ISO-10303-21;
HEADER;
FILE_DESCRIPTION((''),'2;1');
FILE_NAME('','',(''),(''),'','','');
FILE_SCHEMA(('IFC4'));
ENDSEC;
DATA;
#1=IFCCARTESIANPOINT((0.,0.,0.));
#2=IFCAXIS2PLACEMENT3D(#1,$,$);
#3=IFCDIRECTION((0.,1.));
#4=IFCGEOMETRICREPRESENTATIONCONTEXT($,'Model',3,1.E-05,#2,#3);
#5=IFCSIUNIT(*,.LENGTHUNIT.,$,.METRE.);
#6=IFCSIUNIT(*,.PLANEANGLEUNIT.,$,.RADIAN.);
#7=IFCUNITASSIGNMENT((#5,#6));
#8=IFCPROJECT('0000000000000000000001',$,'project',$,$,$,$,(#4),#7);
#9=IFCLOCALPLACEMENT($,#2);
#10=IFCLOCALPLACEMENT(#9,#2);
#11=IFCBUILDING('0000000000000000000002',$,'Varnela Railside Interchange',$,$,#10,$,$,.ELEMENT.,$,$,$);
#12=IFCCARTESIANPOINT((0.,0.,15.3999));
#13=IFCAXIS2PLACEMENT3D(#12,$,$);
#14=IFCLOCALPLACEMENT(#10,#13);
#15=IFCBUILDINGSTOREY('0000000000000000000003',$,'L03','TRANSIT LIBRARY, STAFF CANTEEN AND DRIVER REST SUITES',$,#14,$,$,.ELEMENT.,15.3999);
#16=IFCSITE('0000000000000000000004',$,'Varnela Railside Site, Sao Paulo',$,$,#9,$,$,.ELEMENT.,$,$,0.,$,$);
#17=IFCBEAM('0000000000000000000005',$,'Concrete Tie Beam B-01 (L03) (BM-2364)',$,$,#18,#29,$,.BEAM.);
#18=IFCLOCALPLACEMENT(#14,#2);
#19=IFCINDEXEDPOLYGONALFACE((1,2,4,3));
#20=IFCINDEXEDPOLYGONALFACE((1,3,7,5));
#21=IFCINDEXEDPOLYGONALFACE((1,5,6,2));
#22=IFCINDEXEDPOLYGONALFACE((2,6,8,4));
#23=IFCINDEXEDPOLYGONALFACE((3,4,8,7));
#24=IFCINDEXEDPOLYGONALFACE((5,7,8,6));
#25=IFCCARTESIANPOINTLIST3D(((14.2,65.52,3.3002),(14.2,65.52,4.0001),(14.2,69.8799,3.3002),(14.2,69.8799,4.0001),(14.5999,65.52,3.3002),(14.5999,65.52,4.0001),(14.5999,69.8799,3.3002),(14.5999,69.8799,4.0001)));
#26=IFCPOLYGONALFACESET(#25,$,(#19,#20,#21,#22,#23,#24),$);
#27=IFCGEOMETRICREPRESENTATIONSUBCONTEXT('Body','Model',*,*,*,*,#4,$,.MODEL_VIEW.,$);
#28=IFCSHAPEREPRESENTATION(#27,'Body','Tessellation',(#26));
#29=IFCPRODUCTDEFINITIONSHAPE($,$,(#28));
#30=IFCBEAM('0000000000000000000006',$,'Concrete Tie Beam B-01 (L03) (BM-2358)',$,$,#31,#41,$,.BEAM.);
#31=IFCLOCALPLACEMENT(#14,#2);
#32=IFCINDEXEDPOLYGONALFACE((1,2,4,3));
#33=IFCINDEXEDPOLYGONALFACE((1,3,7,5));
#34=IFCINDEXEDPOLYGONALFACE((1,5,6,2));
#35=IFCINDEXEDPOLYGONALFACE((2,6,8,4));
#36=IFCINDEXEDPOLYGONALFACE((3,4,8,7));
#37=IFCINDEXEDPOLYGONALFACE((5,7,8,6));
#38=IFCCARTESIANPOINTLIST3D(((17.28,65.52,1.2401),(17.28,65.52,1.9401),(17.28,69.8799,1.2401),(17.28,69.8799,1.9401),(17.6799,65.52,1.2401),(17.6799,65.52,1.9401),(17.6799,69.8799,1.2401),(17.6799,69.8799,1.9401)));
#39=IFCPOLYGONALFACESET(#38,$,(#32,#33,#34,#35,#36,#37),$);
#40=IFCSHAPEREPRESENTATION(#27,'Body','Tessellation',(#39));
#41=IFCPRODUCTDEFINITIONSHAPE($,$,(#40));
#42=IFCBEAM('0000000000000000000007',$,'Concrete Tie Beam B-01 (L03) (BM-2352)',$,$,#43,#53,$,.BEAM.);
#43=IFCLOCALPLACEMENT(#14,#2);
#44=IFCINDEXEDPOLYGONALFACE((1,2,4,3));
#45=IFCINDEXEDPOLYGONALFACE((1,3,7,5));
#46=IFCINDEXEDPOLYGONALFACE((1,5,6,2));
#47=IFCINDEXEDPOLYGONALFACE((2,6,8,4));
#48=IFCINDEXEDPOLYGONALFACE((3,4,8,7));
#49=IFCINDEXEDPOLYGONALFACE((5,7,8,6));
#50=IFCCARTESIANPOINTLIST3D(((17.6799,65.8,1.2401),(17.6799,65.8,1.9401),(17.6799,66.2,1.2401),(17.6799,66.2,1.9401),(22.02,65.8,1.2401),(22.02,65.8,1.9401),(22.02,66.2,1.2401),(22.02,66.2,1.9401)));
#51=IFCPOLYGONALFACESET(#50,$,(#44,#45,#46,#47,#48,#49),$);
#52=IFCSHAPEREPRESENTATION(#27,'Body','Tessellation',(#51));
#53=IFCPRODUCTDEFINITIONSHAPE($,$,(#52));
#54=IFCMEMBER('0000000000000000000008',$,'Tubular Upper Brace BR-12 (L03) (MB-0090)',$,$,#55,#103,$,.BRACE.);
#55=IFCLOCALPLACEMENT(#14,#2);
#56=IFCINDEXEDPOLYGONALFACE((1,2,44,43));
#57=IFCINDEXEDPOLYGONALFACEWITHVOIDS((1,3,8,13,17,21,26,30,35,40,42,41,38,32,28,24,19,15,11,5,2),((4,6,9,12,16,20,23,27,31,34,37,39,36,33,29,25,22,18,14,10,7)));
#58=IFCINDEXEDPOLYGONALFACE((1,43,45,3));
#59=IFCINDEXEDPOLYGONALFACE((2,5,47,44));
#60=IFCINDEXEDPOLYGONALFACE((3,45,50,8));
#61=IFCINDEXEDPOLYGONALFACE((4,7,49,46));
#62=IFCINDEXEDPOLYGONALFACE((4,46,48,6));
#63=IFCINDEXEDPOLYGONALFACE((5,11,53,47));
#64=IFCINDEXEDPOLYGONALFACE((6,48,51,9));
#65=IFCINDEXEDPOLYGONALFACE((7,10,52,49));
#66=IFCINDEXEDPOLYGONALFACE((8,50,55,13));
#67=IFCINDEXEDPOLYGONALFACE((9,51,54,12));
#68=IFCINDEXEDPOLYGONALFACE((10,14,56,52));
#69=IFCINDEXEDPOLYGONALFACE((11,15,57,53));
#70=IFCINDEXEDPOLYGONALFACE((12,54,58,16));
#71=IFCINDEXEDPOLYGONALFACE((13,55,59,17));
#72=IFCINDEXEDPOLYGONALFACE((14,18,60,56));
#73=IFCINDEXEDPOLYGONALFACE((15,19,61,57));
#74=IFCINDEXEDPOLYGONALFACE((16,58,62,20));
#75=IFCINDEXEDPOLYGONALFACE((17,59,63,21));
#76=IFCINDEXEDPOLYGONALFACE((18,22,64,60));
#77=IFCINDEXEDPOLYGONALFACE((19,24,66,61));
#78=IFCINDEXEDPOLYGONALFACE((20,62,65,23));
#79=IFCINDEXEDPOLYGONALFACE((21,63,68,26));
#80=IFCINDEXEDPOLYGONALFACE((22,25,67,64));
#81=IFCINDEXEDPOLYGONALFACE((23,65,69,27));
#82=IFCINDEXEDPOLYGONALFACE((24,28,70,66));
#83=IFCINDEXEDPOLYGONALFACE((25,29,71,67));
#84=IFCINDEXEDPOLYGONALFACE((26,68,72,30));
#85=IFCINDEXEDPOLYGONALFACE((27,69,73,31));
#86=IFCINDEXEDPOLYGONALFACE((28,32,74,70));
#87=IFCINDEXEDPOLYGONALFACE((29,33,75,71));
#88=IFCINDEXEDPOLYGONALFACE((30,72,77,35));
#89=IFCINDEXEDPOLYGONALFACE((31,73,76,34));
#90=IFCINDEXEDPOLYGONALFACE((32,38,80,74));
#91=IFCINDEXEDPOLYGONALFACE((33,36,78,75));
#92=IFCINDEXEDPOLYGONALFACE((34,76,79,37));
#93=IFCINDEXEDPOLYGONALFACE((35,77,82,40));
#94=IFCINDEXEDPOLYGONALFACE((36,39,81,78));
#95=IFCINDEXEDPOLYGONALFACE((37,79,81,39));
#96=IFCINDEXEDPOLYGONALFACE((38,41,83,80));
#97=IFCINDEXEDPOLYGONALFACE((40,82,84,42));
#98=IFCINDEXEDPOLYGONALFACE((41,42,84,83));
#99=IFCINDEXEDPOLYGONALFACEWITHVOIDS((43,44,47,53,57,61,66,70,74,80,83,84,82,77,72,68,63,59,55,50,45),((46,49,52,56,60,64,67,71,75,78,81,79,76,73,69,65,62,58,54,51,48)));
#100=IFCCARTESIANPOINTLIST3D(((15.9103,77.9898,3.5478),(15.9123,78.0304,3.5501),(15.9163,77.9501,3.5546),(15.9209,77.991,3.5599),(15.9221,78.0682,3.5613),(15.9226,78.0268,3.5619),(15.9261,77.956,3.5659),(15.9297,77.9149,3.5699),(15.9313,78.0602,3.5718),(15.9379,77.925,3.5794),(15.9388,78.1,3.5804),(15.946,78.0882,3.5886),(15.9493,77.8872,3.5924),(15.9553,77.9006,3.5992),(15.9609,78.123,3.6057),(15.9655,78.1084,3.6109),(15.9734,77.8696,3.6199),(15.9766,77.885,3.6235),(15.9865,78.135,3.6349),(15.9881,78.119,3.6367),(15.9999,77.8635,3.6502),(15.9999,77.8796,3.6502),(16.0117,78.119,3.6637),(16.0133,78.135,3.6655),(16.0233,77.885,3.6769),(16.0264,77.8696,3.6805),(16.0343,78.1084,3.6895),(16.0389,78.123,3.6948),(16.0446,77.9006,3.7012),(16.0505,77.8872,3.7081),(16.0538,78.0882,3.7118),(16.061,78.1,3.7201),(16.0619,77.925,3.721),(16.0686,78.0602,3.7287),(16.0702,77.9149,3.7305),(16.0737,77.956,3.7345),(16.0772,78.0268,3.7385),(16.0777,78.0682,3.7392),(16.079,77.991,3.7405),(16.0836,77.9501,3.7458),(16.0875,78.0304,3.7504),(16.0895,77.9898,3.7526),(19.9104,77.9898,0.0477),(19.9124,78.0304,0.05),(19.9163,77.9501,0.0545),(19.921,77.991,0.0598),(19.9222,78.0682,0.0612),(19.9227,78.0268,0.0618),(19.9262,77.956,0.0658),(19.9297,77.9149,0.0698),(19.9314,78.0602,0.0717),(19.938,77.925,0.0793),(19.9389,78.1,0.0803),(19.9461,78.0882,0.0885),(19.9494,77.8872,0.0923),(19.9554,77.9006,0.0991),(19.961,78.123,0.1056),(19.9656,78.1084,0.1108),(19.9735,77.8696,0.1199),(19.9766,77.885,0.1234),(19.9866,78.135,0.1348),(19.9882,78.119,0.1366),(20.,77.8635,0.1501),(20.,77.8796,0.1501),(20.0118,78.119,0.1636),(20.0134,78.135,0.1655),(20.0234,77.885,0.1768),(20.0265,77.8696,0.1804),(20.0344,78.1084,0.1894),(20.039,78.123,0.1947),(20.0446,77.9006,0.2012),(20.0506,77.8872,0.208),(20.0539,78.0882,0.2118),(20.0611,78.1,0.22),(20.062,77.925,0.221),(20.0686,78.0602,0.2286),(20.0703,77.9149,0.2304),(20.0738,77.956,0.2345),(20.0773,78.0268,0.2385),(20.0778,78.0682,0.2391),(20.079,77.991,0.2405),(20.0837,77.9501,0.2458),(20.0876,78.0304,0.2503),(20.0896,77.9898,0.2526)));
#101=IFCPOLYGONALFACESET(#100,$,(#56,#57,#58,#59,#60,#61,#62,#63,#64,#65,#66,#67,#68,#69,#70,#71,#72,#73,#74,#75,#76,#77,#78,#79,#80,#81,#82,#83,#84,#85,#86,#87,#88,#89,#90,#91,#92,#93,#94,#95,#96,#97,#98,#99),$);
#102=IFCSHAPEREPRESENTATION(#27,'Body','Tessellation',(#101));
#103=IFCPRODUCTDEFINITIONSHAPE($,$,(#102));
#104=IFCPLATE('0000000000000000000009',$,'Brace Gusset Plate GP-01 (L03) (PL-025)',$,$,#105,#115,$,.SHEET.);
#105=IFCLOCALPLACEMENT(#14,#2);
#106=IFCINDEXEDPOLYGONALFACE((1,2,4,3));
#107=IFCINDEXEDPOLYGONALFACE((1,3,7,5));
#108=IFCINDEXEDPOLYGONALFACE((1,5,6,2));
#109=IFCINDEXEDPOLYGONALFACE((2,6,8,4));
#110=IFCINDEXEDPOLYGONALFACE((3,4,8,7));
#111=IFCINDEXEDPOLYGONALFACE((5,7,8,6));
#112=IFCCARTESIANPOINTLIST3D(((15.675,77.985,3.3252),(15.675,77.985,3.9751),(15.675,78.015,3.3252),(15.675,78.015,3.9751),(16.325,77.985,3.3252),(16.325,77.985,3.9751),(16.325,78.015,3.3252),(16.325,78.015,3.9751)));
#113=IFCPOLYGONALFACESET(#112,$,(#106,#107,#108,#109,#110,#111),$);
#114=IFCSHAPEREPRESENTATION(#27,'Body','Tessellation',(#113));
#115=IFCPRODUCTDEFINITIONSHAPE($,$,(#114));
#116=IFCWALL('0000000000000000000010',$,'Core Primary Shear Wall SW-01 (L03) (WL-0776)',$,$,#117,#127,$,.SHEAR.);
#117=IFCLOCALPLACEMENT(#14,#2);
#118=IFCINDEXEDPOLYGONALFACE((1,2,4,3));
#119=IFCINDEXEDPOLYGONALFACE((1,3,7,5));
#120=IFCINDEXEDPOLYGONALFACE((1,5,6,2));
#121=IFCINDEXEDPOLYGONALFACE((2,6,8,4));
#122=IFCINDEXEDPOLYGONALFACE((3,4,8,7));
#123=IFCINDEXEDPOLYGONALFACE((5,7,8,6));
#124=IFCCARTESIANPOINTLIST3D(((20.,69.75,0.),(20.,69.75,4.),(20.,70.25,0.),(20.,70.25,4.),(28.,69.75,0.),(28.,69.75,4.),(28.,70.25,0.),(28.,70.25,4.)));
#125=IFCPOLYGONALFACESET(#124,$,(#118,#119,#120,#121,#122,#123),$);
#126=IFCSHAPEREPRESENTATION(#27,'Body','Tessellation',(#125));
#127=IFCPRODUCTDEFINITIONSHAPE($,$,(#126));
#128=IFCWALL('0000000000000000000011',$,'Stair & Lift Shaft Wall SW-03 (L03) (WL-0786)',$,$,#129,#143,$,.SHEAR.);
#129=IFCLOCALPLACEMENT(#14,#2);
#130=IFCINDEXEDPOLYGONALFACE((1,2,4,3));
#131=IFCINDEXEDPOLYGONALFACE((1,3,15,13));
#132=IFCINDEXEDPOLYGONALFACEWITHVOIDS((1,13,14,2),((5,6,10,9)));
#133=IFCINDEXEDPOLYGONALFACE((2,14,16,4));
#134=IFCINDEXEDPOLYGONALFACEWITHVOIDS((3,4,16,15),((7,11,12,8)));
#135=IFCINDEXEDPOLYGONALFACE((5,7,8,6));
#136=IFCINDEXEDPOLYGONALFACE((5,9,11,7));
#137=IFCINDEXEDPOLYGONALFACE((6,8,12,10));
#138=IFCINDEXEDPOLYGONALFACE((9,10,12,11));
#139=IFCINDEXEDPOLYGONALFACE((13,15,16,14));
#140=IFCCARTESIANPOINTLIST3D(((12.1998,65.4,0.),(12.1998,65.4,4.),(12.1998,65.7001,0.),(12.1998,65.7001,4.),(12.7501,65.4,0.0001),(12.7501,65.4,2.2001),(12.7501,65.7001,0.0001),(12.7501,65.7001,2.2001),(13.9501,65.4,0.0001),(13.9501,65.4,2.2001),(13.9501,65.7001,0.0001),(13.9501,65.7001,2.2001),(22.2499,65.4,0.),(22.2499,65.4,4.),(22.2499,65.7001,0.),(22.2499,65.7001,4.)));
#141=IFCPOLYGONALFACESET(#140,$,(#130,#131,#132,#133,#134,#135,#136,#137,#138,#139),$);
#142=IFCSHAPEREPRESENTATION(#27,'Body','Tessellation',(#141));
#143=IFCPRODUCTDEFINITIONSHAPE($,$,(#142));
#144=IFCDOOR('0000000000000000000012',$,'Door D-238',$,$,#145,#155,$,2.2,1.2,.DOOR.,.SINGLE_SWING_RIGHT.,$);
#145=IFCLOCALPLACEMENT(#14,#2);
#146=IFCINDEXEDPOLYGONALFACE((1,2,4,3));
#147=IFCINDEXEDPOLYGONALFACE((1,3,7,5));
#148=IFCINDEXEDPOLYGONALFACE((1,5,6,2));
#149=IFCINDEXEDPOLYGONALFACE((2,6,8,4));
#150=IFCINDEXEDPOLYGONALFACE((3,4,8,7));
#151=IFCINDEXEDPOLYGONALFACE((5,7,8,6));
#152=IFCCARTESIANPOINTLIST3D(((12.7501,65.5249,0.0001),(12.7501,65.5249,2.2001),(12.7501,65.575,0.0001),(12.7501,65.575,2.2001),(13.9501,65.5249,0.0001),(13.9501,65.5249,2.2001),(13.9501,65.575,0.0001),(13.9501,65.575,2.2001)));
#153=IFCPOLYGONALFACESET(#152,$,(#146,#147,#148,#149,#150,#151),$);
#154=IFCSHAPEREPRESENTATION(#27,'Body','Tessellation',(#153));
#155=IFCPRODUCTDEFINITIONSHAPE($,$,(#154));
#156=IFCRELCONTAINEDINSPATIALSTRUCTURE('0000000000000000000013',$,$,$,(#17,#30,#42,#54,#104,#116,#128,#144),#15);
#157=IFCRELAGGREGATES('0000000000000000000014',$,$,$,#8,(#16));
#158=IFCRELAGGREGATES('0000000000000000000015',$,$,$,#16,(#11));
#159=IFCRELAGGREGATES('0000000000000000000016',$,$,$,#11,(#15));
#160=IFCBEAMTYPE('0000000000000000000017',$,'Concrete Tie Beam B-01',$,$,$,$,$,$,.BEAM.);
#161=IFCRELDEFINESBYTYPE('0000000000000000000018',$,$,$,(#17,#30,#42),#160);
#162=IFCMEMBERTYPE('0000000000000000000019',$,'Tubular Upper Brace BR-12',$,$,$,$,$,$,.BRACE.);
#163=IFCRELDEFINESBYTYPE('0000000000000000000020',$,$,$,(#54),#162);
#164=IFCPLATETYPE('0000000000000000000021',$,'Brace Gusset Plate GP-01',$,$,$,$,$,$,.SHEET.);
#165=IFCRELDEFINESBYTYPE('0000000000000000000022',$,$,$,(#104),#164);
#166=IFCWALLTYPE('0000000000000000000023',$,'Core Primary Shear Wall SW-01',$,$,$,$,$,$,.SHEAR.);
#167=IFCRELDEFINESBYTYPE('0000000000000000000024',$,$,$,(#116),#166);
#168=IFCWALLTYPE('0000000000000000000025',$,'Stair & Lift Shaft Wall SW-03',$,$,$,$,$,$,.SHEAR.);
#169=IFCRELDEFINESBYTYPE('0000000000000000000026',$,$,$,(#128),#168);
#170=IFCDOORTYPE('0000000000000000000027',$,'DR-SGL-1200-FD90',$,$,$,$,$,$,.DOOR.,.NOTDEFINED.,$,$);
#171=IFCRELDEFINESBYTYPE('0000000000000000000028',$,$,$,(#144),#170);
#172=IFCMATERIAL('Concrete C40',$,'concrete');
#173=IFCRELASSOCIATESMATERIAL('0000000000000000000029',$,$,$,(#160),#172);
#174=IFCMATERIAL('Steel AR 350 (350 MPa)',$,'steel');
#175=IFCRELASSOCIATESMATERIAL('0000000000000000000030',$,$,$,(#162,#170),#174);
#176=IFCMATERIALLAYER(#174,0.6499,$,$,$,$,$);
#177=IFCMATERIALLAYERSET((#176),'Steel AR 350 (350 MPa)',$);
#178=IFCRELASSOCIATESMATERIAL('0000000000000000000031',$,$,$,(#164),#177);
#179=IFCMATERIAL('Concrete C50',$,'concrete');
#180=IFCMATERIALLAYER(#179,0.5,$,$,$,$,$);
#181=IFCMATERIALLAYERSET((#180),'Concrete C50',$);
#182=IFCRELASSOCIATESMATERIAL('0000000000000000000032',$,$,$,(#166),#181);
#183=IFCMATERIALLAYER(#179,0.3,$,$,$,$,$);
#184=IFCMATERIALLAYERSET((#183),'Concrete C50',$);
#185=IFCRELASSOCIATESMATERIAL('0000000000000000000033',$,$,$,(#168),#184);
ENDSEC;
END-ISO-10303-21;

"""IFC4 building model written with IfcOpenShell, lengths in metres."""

from ifc_helpers import new_model, si_unit, direction, frame, frame_2d, origin, origin_2d, place, context, subcontext, project, spatial, rectangle, hollow_circle, extrude, material, layer, layer_set, material_profile, profile_set, type_object, element, fill, save


model = new_model("IFC4")

# Units and contexts
model_context = context("Model", 3, precision=1e-05, world=origin(), true_north=direction((0.0, 1.0)))
body_context = subcontext(model_context, "Body", "Model", "MODEL_VIEW")
ifc_project = project(units=[si_unit("LENGTHUNIT", "METRE"), si_unit("PLANEANGLEUNIT", "RADIAN")], contexts=[model_context])

# Site, building, storey
site_placement = place(None, origin())
site = spatial("IfcSite", under=ifc_project, at=site_placement, Name="Varnela Railside Site, Sao Paulo", CompositionType="ELEMENT", RefElevation=0.0)
building_placement = place(site_placement, origin())
building = spatial("IfcBuilding", under=site, at=building_placement, Name="Varnela Railside Interchange", CompositionType="ELEMENT")
storey_placement = place(building_placement, frame((0.0, 0.0, 15.3999)))
storey = spatial("IfcBuildingStorey", under=building, at=storey_placement, Name="L03", Description="TRANSIT LIBRARY, STAFF CANTEEN AND DRIVER REST SUITES", CompositionType="ELEMENT", Elevation=15.3999)

# Shared definitions
ifc_material_1 = material(Name="Steel AR 350 (350 MPa)", Category="steel")

# Beams
ifc_material_2 = material(Name="Concrete C40", Category="concrete")
ifc_material_profile_1 = material_profile(ifc_material_2, rectangle(XDim=0.3999, YDim=0.7, at=origin_2d()), Name="RC 400x700")
ifc_profile_set_1 = profile_set([ifc_material_profile_1], Name="Concrete C40")
beam_type_1 = type_object("IfcBeamType", Name="Concrete Tie Beam B-01", PredefinedType="BEAM", material=ifc_profile_set_1)
for number, where, z_axis, x_axis, name in (
    (1, (14.3999, 65.52, 3.6501), (0.0, 1.0, 0.0), (-1.0, 0.0, 0.0), "Concrete Tie Beam B-01 (L03) (BM-2364)"),
    (2, (17.48, 65.52, 1.5901), (0.0, 1.0, 0.0), (-1.0, 0.0, 0.0), "Concrete Tie Beam B-01 (L03) (BM-2358)"),
):
    element("IfcBeam", number, at=place(storey_placement, frame(where, z_axis=z_axis, x_axis=x_axis)), inside=storey, type_object=beam_type_1, Name=name, PredefinedType="BEAM", context=body_context, shape_type="SweptSolid", body=[
        extrude(rectangle(XDim=0.3999, YDim=0.7, at=origin_2d()), origin(), (0.0, 0.0, 1.0), 4.3599),
    ])
beam_1_placement = place(storey_placement, frame((17.6799, 66.0, 1.5901), z_axis=(1.0, 0.0, 0.0), x_axis=(0.0, 1.0, 0.0)))
element("IfcBeam", 3, at=beam_1_placement, inside=storey, type_object=beam_type_1, Name="Concrete Tie Beam B-01 (L03) (BM-2352)", PredefinedType="BEAM", context=body_context, shape_type="SweptSolid", body=[
    extrude(rectangle(XDim=0.3999, YDim=0.7, at=origin_2d()), origin(), (0.0, 0.0, 1.0), 4.3401),
])

# Member
ifc_material_profile_2 = material_profile(ifc_material_1, hollow_circle(Radius=0.1365, WallThickness=0.0161, at=origin_2d()), Name="CHS 273x16")
ifc_profile_set_2 = profile_set([ifc_material_profile_2], Name="Steel AR 350 (350 MPa)")
member_type = type_object("IfcMemberType", Name="Tubular Upper Brace BR-12", PredefinedType="BRACE", material=ifc_profile_set_2)
member_placement = place(storey_placement, frame((20.0, 78.0, 0.1501), z_axis=(-0.752577, 0.0, 0.658505), x_axis=(0.0, -1.0, 0.0)))
element("IfcMember", 4, at=member_placement, inside=storey, type_object=member_type, Name="Tubular Upper Brace BR-12 (L03) (MB-0090)", PredefinedType="BRACE", context=body_context, shape_type="SweptSolid", body=[
    extrude(hollow_circle(Radius=0.1365, WallThickness=0.0161, at=origin_2d()), origin(), (0.0, 0.0, 1.0), 5.3152),
])

# Plate
ifc_layer_1 = layer(ifc_material_1, 0.6499)
ifc_layer_set_1 = layer_set([ifc_layer_1], Name="Steel AR 350 (350 MPa)")
plate_type = type_object("IfcPlateType", Name="Brace Gusset Plate GP-01", PredefinedType="SHEET", material=ifc_layer_set_1)
plate_placement = place(storey_placement, frame((16.0, 78.0, 3.3252), z_axis=(0.0, 0.0, 1.0), x_axis=(1.0, 0.0, 0.0)))
element("IfcPlate", 5, at=plate_placement, inside=storey, type_object=plate_type, Name="Brace Gusset Plate GP-01 (L03) (PL-025)", PredefinedType="SHEET", context=body_context, shape_type="SweptSolid", body=[
    extrude(rectangle(XDim=0.6499, YDim=0.03, at=origin_2d()), origin(), (0.0, 0.0, 1.0), 0.6499),
])

# Wall
ifc_material_3 = material(Name="Concrete C50", Category="concrete")
ifc_layer_2 = layer(ifc_material_3, 0.5)
ifc_layer_set_2 = layer_set([ifc_layer_2], Name="Concrete C50")
wall_type_1 = type_object("IfcWallType", Name="Core Primary Shear Wall SW-01", PredefinedType="SHEAR", material=ifc_layer_set_2)
wall_1_placement = place(storey_placement, frame((20.0, 70.0, 0.0), z_axis=(0.0, 0.0, 1.0), x_axis=(1.0, 0.0, 0.0)))
element("IfcWall", 6, at=wall_1_placement, inside=storey, type_object=wall_type_1, Name="Core Primary Shear Wall SW-01 (L03) (WL-0776)", PredefinedType="SHEAR", context=body_context, shape_type="SweptSolid", body=[
    extrude(rectangle(XDim=8.0, YDim=0.5, at=frame_2d((4.0, 0.0))), origin(), (0.0, 0.0, 1.0), 4.0),
])

# Wall, opening, door
ifc_layer_3 = layer(ifc_material_3, 0.3)
ifc_layer_set_3 = layer_set([ifc_layer_3], Name="Concrete C50")
wall_type_2 = type_object("IfcWallType", Name="Stair & Lift Shaft Wall SW-03", PredefinedType="SHEAR", material=ifc_layer_set_3)
wall_2_placement = place(storey_placement, frame((12.2, 65.55, 0.0), z_axis=(0.0, 0.0, 1.0), x_axis=(1.0, 0.0, 0.0)))
wall_2 = element("IfcWall", 7, at=wall_2_placement, inside=storey, type_object=wall_type_2, Name="Stair & Lift Shaft Wall SW-03 (L03) (WL-0786)", PredefinedType="SHEAR", context=body_context, shape_type="SweptSolid", body=[
    extrude(rectangle(XDim=10.05, YDim=0.3, at=frame_2d((5.0249, 0.0))), origin(), (0.0, 0.0, 1.0), 4.0),
])
opening_placement = place(wall_2_placement, frame((0.55, 0.0, 0.0)))
opening = element("IfcOpeningElement", 8, at=opening_placement, cuts=wall_2, PredefinedType="OPENING", context=body_context, shape_type="SweptSolid", body=[
    extrude(rectangle(XDim=1.2, YDim=2.2, at=frame_2d((0.6001, 1.1001))), frame((0.0, 0.1599, 0.0), z_axis=(0.0, -1.0, 0.0), x_axis=(1.0, 0.0, 0.0)), (0.0, 0.0, 1.0), 0.3201),
])
door_type = type_object("IfcDoorType", Name="DR-SGL-1200-FD90", OperationType="NOTDEFINED", PredefinedType="DOOR", material=ifc_material_1)
door_placement = place(opening_placement, origin())
door = element("IfcDoor", 9, at=door_placement, inside=storey, type_object=door_type, Name="Door D-238", OperationType="SINGLE_SWING_RIGHT", OverallHeight=2.2, OverallWidth=1.2, PredefinedType="DOOR", context=body_context, shape_type="SweptSolid", body=[
    extrude(rectangle(XDim=1.2, YDim=2.2, at=frame_2d((0.6001, 1.1001))), frame((0.0, 0.0249, 0.0), z_axis=(0.0, -1.0, 0.0), x_axis=(1.0, 0.0, 0.0)), (0.0, 0.0, 1.0), 0.05),
])
fill(opening, door)

save(model, "model.ifc")
